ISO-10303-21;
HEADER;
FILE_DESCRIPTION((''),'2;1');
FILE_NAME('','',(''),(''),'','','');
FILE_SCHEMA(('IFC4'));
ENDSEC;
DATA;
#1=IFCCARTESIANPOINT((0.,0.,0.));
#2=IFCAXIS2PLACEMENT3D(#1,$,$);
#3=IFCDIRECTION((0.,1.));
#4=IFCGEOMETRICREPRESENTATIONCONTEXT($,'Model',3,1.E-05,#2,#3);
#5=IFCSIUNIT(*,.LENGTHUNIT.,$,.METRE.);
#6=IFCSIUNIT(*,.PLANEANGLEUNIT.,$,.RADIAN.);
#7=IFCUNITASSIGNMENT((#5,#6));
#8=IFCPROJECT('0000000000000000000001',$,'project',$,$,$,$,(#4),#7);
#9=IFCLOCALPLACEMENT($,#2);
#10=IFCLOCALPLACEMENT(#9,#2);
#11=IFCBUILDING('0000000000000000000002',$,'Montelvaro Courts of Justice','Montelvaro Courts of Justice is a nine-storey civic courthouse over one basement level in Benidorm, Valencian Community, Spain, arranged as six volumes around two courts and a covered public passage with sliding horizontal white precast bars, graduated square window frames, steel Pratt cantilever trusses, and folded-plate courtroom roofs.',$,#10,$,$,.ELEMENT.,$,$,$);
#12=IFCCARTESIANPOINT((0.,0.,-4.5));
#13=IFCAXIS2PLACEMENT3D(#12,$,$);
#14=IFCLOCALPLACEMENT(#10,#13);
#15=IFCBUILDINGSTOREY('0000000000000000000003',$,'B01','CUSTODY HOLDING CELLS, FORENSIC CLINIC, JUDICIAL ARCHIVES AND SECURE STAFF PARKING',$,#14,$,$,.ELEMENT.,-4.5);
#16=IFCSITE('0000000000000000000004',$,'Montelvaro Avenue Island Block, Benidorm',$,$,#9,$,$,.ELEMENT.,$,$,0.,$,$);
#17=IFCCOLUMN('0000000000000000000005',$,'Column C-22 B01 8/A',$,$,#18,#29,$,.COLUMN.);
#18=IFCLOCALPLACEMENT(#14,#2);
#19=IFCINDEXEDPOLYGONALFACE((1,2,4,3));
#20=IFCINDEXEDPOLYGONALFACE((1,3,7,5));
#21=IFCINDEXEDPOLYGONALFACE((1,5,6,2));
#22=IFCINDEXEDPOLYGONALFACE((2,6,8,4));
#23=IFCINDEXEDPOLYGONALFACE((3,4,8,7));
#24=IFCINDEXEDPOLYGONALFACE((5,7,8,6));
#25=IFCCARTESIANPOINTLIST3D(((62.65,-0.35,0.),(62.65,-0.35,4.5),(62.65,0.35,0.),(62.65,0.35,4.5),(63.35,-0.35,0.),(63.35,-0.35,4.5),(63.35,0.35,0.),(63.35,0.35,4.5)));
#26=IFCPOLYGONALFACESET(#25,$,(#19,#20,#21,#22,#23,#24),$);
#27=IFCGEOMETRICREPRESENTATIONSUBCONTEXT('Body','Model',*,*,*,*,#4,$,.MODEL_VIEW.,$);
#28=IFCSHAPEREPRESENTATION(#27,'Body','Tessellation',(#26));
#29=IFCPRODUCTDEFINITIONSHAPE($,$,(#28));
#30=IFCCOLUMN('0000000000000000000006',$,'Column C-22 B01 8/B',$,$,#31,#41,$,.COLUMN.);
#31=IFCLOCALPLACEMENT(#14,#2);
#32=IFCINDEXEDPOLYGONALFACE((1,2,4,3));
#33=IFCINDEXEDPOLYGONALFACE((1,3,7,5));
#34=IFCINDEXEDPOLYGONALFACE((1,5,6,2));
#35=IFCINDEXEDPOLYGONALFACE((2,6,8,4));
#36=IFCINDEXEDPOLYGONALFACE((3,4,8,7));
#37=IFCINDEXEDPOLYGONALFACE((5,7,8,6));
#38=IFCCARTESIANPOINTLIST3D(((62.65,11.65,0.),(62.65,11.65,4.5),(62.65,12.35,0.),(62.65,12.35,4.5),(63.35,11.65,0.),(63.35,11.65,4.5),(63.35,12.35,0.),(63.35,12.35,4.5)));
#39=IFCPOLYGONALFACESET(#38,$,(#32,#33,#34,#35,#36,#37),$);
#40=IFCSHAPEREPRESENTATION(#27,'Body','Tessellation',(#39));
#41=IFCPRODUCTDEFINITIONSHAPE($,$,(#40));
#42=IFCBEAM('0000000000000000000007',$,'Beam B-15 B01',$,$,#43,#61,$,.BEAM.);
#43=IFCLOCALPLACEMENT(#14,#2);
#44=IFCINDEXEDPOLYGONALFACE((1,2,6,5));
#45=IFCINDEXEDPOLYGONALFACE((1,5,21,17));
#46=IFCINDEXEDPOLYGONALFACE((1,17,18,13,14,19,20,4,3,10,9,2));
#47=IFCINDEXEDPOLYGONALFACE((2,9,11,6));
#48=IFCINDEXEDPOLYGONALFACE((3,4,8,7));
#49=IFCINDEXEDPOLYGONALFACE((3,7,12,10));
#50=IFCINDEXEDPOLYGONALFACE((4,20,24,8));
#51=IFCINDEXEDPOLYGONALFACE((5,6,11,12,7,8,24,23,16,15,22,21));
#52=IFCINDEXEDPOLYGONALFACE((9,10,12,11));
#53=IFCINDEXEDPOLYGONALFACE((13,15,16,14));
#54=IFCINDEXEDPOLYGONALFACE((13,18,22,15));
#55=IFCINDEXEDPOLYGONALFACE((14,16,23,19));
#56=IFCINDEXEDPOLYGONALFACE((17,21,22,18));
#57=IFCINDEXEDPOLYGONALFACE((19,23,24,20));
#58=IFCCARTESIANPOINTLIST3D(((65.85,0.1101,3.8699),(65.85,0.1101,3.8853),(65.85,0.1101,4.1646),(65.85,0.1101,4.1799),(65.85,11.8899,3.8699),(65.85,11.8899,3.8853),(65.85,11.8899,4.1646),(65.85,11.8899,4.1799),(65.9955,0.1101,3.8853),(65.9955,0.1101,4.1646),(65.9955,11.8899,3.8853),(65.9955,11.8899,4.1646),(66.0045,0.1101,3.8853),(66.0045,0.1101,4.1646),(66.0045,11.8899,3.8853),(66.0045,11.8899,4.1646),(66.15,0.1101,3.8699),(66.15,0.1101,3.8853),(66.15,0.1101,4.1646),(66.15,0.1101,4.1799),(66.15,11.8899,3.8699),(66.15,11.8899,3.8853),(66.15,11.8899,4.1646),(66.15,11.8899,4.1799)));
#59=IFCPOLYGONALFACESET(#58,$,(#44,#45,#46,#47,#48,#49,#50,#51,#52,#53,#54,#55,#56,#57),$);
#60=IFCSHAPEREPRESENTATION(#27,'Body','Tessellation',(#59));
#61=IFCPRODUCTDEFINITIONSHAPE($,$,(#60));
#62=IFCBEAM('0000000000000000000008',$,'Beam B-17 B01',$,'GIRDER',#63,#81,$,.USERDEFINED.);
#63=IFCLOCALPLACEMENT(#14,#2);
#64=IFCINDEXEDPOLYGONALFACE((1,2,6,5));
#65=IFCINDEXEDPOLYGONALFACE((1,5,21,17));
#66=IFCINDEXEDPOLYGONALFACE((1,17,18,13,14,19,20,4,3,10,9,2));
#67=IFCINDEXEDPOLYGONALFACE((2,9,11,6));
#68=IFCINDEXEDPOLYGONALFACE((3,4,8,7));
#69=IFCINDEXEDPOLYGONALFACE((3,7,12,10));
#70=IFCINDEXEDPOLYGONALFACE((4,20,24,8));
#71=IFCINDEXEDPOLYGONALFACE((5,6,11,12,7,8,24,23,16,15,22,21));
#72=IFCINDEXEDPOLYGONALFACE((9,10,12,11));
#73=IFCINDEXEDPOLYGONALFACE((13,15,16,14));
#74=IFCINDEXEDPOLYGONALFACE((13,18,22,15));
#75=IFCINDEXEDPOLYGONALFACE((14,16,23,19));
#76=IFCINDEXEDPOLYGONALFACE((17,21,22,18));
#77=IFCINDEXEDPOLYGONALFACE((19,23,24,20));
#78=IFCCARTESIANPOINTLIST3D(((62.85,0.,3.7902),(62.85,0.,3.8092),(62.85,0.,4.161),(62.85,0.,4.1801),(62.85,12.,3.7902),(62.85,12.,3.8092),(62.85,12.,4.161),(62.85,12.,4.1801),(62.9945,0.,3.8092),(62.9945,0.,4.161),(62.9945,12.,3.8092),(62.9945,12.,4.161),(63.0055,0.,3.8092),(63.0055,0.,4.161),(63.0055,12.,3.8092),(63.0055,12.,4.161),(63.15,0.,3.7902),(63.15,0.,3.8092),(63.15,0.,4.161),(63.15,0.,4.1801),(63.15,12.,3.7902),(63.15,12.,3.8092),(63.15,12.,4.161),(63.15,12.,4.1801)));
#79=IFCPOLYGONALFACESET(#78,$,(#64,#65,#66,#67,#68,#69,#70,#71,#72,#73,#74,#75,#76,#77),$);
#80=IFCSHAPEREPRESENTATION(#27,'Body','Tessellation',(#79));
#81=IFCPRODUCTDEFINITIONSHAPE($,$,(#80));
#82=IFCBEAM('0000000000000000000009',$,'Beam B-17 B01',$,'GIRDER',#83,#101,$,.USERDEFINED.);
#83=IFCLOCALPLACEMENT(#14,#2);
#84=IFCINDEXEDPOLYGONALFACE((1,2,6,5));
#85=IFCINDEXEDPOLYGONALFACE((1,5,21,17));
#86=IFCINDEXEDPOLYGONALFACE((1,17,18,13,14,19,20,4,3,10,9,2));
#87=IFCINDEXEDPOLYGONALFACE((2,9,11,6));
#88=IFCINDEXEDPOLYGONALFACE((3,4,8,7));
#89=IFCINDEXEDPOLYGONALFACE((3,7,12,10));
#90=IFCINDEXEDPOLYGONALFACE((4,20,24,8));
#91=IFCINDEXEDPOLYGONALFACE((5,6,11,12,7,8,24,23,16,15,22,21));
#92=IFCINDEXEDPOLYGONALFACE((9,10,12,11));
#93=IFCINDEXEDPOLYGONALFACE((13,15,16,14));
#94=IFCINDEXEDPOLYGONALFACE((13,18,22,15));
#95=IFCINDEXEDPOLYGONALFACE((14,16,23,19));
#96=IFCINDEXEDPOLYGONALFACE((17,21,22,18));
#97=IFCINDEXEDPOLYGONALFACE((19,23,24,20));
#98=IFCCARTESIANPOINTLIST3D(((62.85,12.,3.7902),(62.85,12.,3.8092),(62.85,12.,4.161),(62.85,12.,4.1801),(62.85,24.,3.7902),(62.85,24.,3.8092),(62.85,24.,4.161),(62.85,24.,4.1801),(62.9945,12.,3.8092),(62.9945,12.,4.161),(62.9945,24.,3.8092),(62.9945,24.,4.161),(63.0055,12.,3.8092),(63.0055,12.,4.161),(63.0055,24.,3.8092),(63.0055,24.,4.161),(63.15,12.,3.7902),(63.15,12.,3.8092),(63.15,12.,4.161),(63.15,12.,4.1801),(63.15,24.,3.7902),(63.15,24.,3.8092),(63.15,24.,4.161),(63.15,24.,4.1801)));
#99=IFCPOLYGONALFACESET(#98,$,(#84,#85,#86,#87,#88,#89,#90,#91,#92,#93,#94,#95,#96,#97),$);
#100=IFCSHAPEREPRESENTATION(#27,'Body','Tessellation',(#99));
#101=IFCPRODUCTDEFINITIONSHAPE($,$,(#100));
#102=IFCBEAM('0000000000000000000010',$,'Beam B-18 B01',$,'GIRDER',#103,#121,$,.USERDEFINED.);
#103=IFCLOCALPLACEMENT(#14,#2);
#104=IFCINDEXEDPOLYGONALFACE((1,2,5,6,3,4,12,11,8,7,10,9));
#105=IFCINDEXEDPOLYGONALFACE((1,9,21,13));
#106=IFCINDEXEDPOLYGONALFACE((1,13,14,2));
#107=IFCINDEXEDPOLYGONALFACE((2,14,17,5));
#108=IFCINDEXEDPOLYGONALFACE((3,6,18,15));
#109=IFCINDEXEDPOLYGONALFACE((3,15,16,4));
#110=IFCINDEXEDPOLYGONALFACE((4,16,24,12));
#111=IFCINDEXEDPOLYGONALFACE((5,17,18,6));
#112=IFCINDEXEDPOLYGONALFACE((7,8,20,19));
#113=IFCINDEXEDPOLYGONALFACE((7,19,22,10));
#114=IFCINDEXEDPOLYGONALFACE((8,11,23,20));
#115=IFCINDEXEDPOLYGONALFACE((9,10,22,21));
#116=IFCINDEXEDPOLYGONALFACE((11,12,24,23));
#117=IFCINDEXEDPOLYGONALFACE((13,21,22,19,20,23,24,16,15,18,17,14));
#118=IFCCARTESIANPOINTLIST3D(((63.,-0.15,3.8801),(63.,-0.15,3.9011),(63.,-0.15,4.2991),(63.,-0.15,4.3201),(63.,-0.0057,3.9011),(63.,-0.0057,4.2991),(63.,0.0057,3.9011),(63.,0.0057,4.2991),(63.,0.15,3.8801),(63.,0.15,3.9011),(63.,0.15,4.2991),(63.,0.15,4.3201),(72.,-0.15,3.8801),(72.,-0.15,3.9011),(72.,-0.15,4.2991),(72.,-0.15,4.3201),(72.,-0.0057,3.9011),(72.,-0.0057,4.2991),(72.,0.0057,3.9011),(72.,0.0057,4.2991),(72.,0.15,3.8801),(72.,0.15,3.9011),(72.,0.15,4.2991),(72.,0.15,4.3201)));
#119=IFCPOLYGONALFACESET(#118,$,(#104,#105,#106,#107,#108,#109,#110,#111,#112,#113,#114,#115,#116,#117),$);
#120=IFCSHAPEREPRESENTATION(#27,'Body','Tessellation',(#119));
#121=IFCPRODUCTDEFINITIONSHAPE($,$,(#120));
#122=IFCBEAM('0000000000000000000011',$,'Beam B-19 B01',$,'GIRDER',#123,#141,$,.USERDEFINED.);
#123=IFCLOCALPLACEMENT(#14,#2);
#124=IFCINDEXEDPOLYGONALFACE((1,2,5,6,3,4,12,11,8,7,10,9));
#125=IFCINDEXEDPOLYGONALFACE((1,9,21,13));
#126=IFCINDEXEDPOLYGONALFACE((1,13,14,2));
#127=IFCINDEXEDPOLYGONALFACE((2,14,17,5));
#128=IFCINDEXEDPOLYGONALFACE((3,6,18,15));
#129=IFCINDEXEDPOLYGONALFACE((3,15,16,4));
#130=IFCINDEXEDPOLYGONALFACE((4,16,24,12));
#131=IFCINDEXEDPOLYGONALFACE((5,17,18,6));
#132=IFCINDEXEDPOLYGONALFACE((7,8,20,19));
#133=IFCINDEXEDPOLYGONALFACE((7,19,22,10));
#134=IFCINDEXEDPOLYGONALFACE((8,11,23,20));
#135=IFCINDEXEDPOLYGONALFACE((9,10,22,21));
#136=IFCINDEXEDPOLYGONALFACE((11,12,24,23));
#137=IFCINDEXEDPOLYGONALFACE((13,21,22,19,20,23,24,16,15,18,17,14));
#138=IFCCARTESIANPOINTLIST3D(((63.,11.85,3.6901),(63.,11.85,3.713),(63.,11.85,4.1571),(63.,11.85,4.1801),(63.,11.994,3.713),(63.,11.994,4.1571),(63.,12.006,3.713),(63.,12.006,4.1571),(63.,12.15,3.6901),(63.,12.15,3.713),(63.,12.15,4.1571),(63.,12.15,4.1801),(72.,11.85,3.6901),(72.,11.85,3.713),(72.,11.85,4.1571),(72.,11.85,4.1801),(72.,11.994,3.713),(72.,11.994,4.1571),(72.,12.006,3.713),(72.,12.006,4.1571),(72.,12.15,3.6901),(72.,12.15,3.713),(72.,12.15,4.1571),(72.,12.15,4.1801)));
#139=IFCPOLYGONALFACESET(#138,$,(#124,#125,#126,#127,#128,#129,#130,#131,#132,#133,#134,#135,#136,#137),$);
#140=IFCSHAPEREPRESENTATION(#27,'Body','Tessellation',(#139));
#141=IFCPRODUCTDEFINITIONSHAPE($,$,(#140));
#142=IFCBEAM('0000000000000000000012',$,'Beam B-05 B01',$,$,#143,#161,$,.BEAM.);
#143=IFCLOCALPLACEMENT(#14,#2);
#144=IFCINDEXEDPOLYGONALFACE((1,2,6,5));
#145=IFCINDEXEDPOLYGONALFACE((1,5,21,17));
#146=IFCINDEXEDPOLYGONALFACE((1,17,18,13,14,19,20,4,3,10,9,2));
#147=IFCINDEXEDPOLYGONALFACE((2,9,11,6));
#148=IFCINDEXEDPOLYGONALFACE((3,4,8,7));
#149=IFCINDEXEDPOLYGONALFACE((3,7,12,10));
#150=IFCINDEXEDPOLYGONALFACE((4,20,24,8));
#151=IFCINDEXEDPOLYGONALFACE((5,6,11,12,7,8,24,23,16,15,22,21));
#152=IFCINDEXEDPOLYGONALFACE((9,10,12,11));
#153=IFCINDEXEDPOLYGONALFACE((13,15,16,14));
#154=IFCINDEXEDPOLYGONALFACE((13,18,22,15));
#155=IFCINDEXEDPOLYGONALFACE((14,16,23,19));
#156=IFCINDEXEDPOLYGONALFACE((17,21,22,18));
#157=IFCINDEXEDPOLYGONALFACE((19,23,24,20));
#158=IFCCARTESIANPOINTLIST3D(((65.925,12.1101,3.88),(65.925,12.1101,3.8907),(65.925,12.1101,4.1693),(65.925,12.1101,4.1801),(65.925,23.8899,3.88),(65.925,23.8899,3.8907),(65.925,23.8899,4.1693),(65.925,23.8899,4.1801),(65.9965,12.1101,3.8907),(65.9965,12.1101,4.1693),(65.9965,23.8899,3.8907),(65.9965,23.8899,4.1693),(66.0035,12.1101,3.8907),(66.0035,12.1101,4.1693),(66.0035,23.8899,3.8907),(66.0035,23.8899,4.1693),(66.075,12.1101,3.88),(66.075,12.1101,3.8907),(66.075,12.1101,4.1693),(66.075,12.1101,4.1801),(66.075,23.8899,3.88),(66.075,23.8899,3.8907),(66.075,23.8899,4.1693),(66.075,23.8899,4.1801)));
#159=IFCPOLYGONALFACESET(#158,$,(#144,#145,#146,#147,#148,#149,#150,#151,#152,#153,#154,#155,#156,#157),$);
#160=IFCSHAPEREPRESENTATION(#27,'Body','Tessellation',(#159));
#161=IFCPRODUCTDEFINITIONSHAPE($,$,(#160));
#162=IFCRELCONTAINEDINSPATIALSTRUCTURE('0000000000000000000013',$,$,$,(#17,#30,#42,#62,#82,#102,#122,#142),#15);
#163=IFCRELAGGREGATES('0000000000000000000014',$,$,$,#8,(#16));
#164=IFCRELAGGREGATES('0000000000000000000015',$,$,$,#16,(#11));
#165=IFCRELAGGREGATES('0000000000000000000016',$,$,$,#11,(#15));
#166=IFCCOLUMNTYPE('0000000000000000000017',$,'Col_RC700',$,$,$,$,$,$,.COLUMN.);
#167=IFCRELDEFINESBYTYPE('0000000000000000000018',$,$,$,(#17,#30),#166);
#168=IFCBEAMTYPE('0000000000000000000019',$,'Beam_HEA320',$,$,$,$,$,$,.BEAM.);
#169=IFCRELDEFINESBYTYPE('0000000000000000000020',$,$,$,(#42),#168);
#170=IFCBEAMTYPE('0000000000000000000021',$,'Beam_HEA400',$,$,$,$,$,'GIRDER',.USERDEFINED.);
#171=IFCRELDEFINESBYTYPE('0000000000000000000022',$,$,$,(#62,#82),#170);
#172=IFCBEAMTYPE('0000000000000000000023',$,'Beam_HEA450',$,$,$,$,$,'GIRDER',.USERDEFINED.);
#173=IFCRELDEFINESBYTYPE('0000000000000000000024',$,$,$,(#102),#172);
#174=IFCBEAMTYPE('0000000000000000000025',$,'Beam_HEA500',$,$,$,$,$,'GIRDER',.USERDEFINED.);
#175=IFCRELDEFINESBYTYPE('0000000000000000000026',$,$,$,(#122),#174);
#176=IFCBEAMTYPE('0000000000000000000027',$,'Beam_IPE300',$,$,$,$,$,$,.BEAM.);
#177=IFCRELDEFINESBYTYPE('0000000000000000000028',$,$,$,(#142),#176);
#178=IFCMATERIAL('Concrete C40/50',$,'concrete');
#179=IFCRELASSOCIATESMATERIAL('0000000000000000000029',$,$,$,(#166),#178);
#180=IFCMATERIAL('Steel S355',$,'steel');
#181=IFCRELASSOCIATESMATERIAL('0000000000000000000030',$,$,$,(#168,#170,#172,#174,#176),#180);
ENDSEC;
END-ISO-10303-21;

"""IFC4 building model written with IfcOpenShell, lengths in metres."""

from ifc_helpers import new_model, si_unit, direction, frame, origin, origin_2d, place, context, subcontext, project, spatial, rectangle, i_section, extrude, material, material_profile, profile_set, type_object, element, save


model = new_model("IFC4")

# Units and contexts
model_context = context("Model", 3, precision=1e-05, world=origin(), true_north=direction((0.0, 1.0)))
body_context = subcontext(model_context, "Body", "Model", "MODEL_VIEW")
ifc_project = project(units=[si_unit("LENGTHUNIT", "METRE"), si_unit("PLANEANGLEUNIT", "RADIAN")], contexts=[model_context])

# Site, building, storey
site_placement = place(None, origin())
site = spatial("IfcSite", under=ifc_project, at=site_placement, Name="Montelvaro Avenue Island Block, Benidorm", CompositionType="ELEMENT", RefElevation=0.0)
building_placement = place(site_placement, origin())
building = spatial("IfcBuilding", under=site, at=building_placement, Name="Montelvaro Courts of Justice", Description="Montelvaro Courts of Justice is a nine-storey civic courthouse over one basement level in Benidorm, Valencian Community, Spain, arranged as six volumes around two courts and a covered public passage with sliding horizontal white precast bars, graduated square window frames, steel Pratt cantilever trusses, and folded-plate courtroom roofs.", CompositionType="ELEMENT")
storey_placement = place(building_placement, frame((0.0, 0.0, -4.5)))
storey = spatial("IfcBuildingStorey", under=building, at=storey_placement, Name="B01", Description="CUSTODY HOLDING CELLS, FORENSIC CLINIC, JUDICIAL ARCHIVES AND SECURE STAFF PARKING", CompositionType="ELEMENT", Elevation=-4.5)

# Columns
ifc_material_1 = material(Name="Concrete C40/50", Category="concrete")
ifc_material_profile_1 = material_profile(ifc_material_1, rectangle(XDim=0.7, YDim=0.7, at=origin_2d()), Name="RC 700x700")
ifc_profile_set_1 = profile_set([ifc_material_profile_1], Name="Concrete C40/50")
column_type = type_object("IfcColumnType", Name="Col_RC700", PredefinedType="COLUMN", material=ifc_profile_set_1)
for number, where, z_axis, x_axis, name in (
    (1, (63.0, 0.0, 0.0), (0.0, 0.0, 1.0), (1.0, 0.0, 0.0), "Column C-22 B01 8/A"),
    (2, (63.0, 12.0, 0.0), (0.0, 0.0, 1.0), (1.0, 0.0, 0.0), "Column C-22 B01 8/B"),
):
    element("IfcColumn", number, at=place(storey_placement, frame(where, z_axis=z_axis, x_axis=x_axis)), inside=storey, type_object=column_type, Name=name, PredefinedType="COLUMN", context=body_context, shape_type="SweptSolid", body=[
        extrude(rectangle(XDim=0.7, YDim=0.7, at=origin_2d()), origin(), (0.0, 0.0, 1.0), 4.5),
    ])

# Beams
ifc_material_2 = material(Name="Steel S355", Category="steel")
ifc_material_profile_2 = material_profile(ifc_material_2, i_section(OverallWidth=0.3, OverallDepth=0.3101, WebThickness=0.009, FlangeThickness=0.0154, at=origin_2d()), Name="HEA 320")
ifc_profile_set_2 = profile_set([ifc_material_profile_2], Name="Steel S355")
beam_type_1 = type_object("IfcBeamType", Name="Beam_HEA320", PredefinedType="BEAM", material=ifc_profile_set_2)
beam_1_placement = place(storey_placement, frame((66.0, 0.1101, 4.0249), z_axis=(0.0, 1.0, 0.0), x_axis=(-1.0, 0.0, 0.0)))
element("IfcBeam", 3, at=beam_1_placement, inside=storey, type_object=beam_type_1, Name="Beam B-15 B01", PredefinedType="BEAM", context=body_context, shape_type="SweptSolid", body=[
    extrude(i_section(OverallWidth=0.3, OverallDepth=0.3101, WebThickness=0.009, FlangeThickness=0.0154, at=origin_2d()), origin(), (0.0, 0.0, 1.0), 11.7798),
])
ifc_material_profile_3 = material_profile(ifc_material_2, i_section(OverallWidth=0.3, OverallDepth=0.3899, WebThickness=0.011, FlangeThickness=0.019, at=origin_2d()), Name="HEA 400")
ifc_profile_set_3 = profile_set([ifc_material_profile_3], Name="Steel S355")
beam_type_2 = type_object("IfcBeamType", Name="Beam_HEA400", ElementType="GIRDER", PredefinedType="USERDEFINED", material=ifc_profile_set_3)
for number, where, z_axis, x_axis, name in (
    (4, (63.0, 0.0, 3.9851), (0.0, 1.0, 0.0), (-1.0, 0.0, 0.0), "Beam B-17 B01"),
    (5, (63.0, 12.0, 3.9851), (0.0, 1.0, 0.0), (-1.0, 0.0, 0.0), "Beam B-17 B01"),
):
    element("IfcBeam", number, at=place(storey_placement, frame(where, z_axis=z_axis, x_axis=x_axis)), inside=storey, type_object=beam_type_2, Name=name, ObjectType="GIRDER", PredefinedType="USERDEFINED", context=body_context, shape_type="SweptSolid", body=[
        extrude(i_section(OverallWidth=0.3, OverallDepth=0.3899, WebThickness=0.011, FlangeThickness=0.019, at=origin_2d()), origin(), (0.0, 0.0, 1.0), 12.0),
    ])
ifc_material_profile_4 = material_profile(ifc_material_2, i_section(OverallWidth=0.3, OverallDepth=0.4399, WebThickness=0.0115, FlangeThickness=0.021, at=origin_2d()), Name="HEA 450")
ifc_profile_set_4 = profile_set([ifc_material_profile_4], Name="Steel S355")
beam_type_3 = type_object("IfcBeamType", Name="Beam_HEA450", ElementType="GIRDER", PredefinedType="USERDEFINED", material=ifc_profile_set_4)
beam_2_placement = place(storey_placement, frame((63.0, 0.0, 4.1001), z_axis=(1.0, 0.0, 0.0), x_axis=(0.0, 1.0, 0.0)))
element("IfcBeam", 6, at=beam_2_placement, inside=storey, type_object=beam_type_3, Name="Beam B-18 B01", ObjectType="GIRDER", PredefinedType="USERDEFINED", context=body_context, shape_type="SweptSolid", body=[
    extrude(i_section(OverallWidth=0.3, OverallDepth=0.4399, WebThickness=0.0115, FlangeThickness=0.021, at=origin_2d()), origin(), (0.0, 0.0, 1.0), 9.0),
])
ifc_material_profile_5 = material_profile(ifc_material_2, i_section(OverallWidth=0.3, OverallDepth=0.49, WebThickness=0.012, FlangeThickness=0.0229, at=origin_2d()), Name="HEA 500")
ifc_profile_set_5 = profile_set([ifc_material_profile_5], Name="Steel S355")
beam_type_4 = type_object("IfcBeamType", Name="Beam_HEA500", ElementType="GIRDER", PredefinedType="USERDEFINED", material=ifc_profile_set_5)
beam_3_placement = place(storey_placement, frame((63.0, 12.0, 3.9351), z_axis=(1.0, 0.0, 0.0), x_axis=(0.0, 1.0, 0.0)))
element("IfcBeam", 7, at=beam_3_placement, inside=storey, type_object=beam_type_4, Name="Beam B-19 B01", ObjectType="GIRDER", PredefinedType="USERDEFINED", context=body_context, shape_type="SweptSolid", body=[
    extrude(i_section(OverallWidth=0.3, OverallDepth=0.49, WebThickness=0.012, FlangeThickness=0.0229, at=origin_2d()), origin(), (0.0, 0.0, 1.0), 9.0),
])
ifc_material_profile_6 = material_profile(ifc_material_2, i_section(OverallWidth=0.1499, OverallDepth=0.3, WebThickness=0.0071, FlangeThickness=0.0107, at=origin_2d()), Name="IPE 300")
ifc_profile_set_6 = profile_set([ifc_material_profile_6], Name="Steel S355")
beam_type_5 = type_object("IfcBeamType", Name="Beam_IPE300", PredefinedType="BEAM", material=ifc_profile_set_6)
beam_4_placement = place(storey_placement, frame((66.0, 12.1101, 4.03), z_axis=(0.0, 1.0, 0.0), x_axis=(-1.0, 0.0, 0.0)))
element("IfcBeam", 8, at=beam_4_placement, inside=storey, type_object=beam_type_5, Name="Beam B-05 B01", PredefinedType="BEAM", context=body_context, shape_type="SweptSolid", body=[
    extrude(i_section(OverallWidth=0.1499, OverallDepth=0.3, WebThickness=0.0071, FlangeThickness=0.0107, at=origin_2d()), origin(), (0.0, 0.0, 1.0), 11.7798),
])

save(model, "model.ifc")
